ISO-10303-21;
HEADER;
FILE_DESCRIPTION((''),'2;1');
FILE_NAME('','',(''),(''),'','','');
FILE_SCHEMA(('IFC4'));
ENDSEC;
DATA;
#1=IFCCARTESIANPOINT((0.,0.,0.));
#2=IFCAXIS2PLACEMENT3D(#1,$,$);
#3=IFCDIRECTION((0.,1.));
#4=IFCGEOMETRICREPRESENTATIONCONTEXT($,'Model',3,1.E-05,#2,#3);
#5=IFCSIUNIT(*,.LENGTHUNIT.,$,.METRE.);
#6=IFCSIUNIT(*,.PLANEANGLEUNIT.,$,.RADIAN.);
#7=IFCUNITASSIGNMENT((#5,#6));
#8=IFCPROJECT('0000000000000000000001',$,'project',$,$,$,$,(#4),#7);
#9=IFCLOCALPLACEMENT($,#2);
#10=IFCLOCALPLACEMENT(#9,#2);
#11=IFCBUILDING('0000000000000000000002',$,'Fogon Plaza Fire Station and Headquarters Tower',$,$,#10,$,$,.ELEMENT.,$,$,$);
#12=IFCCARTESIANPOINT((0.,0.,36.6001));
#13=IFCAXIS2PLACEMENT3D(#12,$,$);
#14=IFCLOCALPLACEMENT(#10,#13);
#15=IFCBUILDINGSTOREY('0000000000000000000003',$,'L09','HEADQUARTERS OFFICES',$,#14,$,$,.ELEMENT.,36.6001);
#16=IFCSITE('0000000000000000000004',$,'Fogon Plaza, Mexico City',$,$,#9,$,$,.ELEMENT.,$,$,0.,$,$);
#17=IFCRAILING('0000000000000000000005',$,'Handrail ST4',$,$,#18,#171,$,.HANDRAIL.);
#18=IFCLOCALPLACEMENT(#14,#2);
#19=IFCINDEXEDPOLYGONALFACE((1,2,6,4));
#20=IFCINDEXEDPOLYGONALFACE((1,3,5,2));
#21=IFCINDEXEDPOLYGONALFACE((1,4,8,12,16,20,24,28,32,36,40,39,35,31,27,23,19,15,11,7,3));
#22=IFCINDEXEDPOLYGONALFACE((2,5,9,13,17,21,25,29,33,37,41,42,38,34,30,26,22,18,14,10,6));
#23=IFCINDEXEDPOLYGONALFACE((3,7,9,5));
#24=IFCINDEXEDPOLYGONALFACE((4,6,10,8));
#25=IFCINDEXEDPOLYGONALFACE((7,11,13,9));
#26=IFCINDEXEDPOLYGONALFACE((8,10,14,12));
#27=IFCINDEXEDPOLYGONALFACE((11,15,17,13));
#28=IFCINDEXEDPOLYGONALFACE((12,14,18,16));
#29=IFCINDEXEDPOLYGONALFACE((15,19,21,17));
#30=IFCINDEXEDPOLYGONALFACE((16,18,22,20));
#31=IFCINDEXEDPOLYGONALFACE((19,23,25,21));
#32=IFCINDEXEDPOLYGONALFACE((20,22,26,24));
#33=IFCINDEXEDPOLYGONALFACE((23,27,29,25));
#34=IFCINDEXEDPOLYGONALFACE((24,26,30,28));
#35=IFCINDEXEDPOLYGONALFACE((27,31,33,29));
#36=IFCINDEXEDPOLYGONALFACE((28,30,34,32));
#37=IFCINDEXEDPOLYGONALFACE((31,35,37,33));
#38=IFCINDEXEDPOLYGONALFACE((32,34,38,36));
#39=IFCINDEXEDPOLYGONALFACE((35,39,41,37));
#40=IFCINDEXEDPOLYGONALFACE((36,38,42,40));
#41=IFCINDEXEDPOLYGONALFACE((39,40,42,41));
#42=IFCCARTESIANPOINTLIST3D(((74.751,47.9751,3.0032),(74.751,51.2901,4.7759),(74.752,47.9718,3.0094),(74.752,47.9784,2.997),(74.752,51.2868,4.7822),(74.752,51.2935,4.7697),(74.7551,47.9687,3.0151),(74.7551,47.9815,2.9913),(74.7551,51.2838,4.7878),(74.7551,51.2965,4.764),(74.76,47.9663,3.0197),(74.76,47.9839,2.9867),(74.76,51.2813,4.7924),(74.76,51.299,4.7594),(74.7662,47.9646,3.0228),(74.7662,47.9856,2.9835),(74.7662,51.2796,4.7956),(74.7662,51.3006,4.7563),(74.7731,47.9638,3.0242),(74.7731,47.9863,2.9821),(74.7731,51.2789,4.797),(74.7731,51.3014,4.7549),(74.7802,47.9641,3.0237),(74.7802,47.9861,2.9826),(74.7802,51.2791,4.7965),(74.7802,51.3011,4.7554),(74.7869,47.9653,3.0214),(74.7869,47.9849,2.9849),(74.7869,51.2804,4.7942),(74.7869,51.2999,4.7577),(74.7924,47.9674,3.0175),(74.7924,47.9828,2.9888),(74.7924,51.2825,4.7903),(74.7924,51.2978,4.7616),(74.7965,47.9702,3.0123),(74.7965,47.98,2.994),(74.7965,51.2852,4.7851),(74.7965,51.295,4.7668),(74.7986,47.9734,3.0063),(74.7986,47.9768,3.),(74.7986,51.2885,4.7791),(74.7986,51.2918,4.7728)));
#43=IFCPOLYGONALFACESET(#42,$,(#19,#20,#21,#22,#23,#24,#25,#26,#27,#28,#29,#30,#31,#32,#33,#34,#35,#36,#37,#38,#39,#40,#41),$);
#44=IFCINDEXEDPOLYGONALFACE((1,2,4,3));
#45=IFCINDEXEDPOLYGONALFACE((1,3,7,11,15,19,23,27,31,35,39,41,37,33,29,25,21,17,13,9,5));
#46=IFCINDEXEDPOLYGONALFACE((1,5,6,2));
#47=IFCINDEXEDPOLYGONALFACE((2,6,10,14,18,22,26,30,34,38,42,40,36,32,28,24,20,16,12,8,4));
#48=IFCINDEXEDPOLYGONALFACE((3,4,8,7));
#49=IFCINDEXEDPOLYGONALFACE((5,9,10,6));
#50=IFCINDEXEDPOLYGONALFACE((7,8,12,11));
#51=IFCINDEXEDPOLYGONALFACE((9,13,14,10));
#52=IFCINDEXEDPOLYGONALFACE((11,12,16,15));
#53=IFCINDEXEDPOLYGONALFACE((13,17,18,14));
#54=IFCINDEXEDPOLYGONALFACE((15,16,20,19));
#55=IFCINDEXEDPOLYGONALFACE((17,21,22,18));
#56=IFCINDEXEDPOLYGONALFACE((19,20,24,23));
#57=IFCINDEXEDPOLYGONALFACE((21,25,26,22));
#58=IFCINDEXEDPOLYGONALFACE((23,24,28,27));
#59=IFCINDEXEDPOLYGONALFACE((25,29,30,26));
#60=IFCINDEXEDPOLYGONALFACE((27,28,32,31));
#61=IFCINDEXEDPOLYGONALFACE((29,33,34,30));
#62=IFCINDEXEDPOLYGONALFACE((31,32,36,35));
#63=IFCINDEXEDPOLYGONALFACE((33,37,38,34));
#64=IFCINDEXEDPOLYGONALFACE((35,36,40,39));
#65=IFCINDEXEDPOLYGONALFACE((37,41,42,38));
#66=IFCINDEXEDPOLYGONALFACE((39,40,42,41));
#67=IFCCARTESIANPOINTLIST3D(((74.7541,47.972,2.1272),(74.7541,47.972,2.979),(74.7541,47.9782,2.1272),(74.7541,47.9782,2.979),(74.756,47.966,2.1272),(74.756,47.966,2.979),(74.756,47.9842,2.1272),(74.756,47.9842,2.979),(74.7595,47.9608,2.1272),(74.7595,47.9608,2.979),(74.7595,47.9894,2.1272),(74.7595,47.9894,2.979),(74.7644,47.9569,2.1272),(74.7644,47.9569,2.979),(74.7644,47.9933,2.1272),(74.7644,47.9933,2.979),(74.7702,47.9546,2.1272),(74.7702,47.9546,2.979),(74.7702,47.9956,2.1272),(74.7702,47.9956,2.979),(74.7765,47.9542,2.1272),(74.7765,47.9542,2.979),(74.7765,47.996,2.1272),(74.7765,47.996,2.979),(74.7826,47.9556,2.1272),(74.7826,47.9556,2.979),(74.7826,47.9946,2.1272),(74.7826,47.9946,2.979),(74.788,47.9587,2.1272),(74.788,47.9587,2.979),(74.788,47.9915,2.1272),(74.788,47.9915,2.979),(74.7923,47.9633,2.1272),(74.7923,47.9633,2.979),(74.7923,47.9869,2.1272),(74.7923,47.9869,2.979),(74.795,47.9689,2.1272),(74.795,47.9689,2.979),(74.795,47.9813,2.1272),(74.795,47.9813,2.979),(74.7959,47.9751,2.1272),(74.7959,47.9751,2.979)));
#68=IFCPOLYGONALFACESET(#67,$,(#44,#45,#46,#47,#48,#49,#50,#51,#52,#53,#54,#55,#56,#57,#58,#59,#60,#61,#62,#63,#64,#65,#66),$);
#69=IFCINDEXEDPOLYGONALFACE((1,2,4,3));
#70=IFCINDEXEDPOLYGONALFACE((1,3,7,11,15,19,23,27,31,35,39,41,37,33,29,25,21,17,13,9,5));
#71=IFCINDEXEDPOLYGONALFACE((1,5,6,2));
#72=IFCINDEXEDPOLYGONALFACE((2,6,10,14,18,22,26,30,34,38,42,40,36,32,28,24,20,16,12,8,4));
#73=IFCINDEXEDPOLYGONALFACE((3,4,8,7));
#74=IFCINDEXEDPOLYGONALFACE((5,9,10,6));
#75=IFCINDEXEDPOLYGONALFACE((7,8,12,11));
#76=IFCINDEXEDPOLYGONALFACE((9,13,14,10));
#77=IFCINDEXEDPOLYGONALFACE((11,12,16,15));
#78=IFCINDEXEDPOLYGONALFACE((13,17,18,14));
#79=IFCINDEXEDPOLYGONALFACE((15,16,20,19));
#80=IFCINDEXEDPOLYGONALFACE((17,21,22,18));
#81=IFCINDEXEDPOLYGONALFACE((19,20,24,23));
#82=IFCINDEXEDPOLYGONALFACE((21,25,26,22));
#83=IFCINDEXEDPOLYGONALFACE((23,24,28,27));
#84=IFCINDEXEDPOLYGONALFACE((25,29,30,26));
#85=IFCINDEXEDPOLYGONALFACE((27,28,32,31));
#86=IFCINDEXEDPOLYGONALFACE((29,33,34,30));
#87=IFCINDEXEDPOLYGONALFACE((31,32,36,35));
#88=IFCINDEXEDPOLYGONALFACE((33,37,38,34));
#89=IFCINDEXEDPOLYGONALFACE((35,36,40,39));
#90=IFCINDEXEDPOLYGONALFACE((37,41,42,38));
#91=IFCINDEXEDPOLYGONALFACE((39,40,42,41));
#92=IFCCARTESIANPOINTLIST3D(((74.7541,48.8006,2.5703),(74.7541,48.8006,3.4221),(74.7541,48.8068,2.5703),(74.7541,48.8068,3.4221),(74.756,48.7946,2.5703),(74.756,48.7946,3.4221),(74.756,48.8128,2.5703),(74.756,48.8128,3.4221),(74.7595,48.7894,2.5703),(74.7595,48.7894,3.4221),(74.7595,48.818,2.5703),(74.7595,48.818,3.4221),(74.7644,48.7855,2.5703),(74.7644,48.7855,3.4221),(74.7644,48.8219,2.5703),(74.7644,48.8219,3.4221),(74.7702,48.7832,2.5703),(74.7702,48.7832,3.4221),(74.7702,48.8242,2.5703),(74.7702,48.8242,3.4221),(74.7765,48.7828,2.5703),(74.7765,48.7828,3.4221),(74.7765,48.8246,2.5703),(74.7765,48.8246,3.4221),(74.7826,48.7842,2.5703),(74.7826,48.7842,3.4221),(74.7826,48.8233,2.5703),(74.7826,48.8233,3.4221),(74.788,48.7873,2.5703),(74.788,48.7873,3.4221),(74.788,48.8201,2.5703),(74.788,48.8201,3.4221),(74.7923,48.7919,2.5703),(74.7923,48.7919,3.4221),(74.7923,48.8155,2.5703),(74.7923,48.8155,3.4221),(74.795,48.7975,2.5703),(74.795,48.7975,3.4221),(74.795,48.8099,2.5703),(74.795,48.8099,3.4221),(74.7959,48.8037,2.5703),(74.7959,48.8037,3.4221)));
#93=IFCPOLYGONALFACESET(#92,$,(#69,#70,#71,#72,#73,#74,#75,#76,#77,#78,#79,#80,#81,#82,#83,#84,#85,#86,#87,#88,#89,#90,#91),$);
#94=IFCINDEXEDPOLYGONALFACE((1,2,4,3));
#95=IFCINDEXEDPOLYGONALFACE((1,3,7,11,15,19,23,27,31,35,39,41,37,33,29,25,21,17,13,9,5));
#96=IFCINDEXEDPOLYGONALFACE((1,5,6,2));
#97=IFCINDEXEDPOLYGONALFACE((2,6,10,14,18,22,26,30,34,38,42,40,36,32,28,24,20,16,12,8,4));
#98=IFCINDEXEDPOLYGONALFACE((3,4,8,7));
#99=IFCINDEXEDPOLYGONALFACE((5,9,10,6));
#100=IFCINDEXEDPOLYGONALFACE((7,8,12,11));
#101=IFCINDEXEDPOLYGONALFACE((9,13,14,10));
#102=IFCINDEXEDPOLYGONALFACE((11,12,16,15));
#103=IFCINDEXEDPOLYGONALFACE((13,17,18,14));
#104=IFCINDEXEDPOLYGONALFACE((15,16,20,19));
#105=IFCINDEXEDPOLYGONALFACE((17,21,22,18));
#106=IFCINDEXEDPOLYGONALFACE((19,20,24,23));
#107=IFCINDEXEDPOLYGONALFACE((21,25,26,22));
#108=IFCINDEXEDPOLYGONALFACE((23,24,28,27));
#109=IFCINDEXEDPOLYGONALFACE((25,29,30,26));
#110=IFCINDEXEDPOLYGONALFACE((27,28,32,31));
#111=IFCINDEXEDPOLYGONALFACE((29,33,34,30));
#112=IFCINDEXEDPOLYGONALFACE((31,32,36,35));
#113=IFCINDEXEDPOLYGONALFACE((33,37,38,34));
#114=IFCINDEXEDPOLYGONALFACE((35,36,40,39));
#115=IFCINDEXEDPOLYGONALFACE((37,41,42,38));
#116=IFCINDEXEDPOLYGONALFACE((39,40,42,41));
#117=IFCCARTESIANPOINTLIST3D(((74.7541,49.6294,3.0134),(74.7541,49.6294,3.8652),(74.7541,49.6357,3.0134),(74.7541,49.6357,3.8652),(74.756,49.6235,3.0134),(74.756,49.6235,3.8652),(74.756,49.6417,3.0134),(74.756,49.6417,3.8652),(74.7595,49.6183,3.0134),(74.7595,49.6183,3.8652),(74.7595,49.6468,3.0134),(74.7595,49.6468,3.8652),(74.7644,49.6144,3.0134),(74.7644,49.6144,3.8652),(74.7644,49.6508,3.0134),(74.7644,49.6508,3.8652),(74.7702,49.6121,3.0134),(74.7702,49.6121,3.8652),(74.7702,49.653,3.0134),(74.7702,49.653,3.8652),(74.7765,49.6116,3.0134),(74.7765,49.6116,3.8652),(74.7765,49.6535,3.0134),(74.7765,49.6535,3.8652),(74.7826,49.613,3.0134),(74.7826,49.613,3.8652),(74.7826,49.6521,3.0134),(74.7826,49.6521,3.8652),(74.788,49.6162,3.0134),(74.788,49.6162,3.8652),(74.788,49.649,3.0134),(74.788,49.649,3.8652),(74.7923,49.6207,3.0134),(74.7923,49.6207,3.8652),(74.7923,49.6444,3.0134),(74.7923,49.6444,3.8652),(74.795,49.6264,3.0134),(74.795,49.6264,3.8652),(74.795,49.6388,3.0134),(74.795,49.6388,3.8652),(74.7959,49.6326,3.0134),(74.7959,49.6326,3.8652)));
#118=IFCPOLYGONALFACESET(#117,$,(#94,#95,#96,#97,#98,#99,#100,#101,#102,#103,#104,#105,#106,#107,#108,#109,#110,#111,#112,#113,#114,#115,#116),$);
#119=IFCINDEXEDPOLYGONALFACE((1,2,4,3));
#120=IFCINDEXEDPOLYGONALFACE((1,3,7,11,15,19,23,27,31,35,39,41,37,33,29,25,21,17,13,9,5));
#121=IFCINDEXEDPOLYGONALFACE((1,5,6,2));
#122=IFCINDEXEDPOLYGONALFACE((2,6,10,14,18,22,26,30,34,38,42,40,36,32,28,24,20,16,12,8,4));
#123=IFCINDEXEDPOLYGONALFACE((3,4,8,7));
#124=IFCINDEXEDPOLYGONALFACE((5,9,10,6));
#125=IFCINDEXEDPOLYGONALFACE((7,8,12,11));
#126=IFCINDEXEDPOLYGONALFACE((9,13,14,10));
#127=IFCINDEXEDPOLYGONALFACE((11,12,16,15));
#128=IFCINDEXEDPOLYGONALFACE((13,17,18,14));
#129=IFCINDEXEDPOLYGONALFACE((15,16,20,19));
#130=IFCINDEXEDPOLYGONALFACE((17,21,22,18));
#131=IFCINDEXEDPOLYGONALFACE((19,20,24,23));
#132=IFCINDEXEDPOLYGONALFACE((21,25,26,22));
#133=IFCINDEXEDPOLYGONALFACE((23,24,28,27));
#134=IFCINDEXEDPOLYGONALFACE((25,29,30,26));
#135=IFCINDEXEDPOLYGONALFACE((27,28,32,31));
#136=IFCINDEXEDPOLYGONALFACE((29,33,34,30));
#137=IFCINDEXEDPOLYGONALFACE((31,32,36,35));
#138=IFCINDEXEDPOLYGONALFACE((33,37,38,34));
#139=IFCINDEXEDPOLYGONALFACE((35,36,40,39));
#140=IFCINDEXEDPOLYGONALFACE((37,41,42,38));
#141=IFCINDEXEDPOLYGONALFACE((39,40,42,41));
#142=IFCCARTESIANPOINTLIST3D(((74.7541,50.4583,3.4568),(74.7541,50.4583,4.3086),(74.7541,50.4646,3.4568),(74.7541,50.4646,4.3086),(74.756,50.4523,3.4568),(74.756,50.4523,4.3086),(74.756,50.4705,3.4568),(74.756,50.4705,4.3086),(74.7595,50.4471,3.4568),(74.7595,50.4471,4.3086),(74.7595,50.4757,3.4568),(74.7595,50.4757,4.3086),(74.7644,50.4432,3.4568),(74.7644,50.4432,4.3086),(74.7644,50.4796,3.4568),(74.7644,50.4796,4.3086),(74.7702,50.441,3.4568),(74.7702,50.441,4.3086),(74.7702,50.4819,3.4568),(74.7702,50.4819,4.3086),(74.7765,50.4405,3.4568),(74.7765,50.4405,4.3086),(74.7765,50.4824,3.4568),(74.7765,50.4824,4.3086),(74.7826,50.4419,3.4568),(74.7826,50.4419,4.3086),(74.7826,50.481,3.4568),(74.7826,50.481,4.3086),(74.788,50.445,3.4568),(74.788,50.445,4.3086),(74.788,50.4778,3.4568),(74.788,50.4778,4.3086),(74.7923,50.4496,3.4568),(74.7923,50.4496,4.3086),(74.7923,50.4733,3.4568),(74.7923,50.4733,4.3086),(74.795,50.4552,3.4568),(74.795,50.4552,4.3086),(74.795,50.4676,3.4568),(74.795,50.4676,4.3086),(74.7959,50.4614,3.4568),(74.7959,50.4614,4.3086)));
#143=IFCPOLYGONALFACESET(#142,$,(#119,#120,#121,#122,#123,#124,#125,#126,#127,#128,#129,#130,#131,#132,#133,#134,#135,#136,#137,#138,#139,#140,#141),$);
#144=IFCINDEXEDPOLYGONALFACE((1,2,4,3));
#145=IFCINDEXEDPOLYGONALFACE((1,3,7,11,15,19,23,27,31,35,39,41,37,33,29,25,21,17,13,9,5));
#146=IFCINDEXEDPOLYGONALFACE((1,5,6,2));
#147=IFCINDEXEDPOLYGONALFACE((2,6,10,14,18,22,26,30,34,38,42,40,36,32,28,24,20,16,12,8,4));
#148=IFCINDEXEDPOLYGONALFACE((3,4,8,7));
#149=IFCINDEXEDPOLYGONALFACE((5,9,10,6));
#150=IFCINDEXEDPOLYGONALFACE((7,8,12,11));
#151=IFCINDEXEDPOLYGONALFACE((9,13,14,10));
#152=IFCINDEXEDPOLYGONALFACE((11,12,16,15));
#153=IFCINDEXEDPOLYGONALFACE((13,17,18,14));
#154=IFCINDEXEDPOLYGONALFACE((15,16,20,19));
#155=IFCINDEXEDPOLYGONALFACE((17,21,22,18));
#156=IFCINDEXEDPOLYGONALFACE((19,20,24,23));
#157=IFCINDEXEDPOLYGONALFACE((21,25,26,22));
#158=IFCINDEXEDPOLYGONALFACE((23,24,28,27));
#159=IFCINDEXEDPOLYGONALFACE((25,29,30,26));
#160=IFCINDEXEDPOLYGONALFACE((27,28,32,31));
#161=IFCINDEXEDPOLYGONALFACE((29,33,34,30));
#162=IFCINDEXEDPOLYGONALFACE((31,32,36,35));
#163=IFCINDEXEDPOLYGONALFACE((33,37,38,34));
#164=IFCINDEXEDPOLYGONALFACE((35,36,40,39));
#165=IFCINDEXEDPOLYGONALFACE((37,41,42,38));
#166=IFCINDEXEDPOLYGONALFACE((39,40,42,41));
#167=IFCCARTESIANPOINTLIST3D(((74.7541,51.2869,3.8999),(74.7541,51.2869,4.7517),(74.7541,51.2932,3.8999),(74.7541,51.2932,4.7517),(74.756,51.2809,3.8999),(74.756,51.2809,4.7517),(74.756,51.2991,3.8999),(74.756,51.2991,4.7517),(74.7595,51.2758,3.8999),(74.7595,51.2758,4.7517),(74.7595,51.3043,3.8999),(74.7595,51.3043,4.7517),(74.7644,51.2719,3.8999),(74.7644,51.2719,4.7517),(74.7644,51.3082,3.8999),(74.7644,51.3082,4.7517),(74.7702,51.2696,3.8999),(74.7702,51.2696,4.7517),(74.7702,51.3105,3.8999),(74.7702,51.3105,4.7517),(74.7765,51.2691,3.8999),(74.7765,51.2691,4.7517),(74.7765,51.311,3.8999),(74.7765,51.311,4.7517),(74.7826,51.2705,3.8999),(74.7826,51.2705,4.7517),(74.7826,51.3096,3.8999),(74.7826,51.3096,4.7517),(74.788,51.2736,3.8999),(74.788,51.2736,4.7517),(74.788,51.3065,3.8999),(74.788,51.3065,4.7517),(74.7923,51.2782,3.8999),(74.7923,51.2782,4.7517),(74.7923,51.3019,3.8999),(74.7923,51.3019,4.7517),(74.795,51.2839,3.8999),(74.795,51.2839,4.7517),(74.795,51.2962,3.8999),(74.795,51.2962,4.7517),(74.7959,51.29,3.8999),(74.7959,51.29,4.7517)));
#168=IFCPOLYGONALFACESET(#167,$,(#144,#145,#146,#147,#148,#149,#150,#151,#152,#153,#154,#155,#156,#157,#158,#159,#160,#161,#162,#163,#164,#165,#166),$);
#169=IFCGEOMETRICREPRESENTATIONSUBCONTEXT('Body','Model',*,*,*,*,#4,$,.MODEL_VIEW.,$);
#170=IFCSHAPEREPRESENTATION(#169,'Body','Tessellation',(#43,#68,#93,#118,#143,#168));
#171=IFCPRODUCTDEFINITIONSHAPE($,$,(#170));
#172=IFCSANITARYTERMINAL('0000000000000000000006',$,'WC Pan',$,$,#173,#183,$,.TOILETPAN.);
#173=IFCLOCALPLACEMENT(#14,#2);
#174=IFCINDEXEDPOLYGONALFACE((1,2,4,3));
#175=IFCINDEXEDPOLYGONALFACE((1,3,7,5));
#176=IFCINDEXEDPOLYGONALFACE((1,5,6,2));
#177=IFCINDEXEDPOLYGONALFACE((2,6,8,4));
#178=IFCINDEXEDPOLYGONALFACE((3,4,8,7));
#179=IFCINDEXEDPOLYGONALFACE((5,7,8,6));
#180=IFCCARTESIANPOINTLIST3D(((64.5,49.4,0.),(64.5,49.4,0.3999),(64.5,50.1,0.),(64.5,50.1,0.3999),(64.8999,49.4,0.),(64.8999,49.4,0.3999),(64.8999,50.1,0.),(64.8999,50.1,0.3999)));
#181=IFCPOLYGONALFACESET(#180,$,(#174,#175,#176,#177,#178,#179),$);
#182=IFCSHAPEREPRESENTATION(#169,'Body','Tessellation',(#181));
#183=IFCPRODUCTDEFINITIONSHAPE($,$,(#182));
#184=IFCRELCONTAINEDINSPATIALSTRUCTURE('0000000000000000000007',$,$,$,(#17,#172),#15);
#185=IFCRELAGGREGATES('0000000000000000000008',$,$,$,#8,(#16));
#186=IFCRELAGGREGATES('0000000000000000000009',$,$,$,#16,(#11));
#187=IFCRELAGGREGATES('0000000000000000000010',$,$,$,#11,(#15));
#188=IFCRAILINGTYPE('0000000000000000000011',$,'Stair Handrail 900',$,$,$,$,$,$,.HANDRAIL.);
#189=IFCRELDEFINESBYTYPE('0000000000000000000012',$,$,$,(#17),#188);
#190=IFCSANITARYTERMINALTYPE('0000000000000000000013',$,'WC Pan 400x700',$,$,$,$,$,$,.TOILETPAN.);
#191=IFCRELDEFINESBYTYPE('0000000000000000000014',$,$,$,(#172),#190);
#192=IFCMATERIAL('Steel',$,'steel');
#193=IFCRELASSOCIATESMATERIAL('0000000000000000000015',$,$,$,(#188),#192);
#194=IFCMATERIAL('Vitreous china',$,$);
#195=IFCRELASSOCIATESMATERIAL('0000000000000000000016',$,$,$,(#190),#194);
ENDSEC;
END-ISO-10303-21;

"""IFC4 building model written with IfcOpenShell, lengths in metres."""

from ifc_helpers import new_model, si_unit, direction, frame, origin, origin_2d, place, context, subcontext, project, spatial, rectangle, circle, extrude, material, type_object, element, save


model = new_model("IFC4")

# Units and contexts
model_context = context("Model", 3, precision=1e-05, world=origin(), true_north=direction((0.0, 1.0)))
body_context = subcontext(model_context, "Body", "Model", "MODEL_VIEW")
ifc_project = project(units=[si_unit("LENGTHUNIT", "METRE"), si_unit("PLANEANGLEUNIT", "RADIAN")], contexts=[model_context])

# Site, building, storey
site_placement = place(None, origin())
site = spatial("IfcSite", under=ifc_project, at=site_placement, Name="Fogon Plaza, Mexico City", CompositionType="ELEMENT", RefElevation=0.0)
building_placement = place(site_placement, origin())
building = spatial("IfcBuilding", under=site, at=building_placement, Name="Fogon Plaza Fire Station and Headquarters Tower", CompositionType="ELEMENT")
storey_placement = place(building_placement, frame((0.0, 0.0, 36.6001)))
storey = spatial("IfcBuildingStorey", under=building, at=storey_placement, Name="L09", Description="HEADQUARTERS OFFICES", CompositionType="ELEMENT", Elevation=36.6001)

# Railing
ifc_material_1 = material(Name="Steel", Category="steel")
railing_type = type_object("IfcRailingType", Name="Stair Handrail 900", PredefinedType="HANDRAIL", material=ifc_material_1)
for number, where, name in (
    (1, (74.7749, 47.9751, 2.1272), "Handrail ST4"),
):
    element("IfcRailing", number, at=place(storey_placement, frame(where)), inside=storey, type_object=railing_type, Name=name, PredefinedType="HANDRAIL", context=body_context, shape_type="SweptSolid", body=[
        extrude(circle(Radius=0.0239, at=origin_2d()), frame((0.0, 0.0, 0.876), z_axis=(0.0, 0.881829, 0.471569), x_axis=(-1.0, 0.0, 0.0)), (0.0, 0.0, 1.0), 3.7593),
        extrude(circle(Radius=0.021, at=origin_2d()), origin(), (0.0, 0.0, 1.0), 0.8518),
        extrude(circle(Radius=0.021, at=origin_2d()), frame((0.0, 0.8286, 0.4431)), (0.0, 0.0, 1.0), 0.8518),
        extrude(circle(Radius=0.021, at=origin_2d()), frame((0.0, 1.6575, 0.8862)), (0.0, 0.0, 1.0), 0.8518),
        extrude(circle(Radius=0.021, at=origin_2d()), frame((0.0, 2.4863, 1.3296)), (0.0, 0.0, 1.0), 0.8518),
        extrude(circle(Radius=0.021, at=origin_2d()), frame((0.0, 3.3149, 1.7727)), (0.0, 0.0, 1.0), 0.8518),
    ])

# Sanitary terminal
ifc_material_2 = material(Name="Vitreous china")
sanitary_terminal_type = type_object("IfcSanitaryTerminalType", Name="WC Pan 400x700", PredefinedType="TOILETPAN", material=ifc_material_2)
sanitary_terminal_placement = place(storey_placement, frame((64.7, 49.75, 0.0), z_axis=(0.0, 0.0, 1.0), x_axis=(1.0, 0.0, 0.0)))
element("IfcSanitaryTerminal", 2, at=sanitary_terminal_placement, inside=storey, type_object=sanitary_terminal_type, Name="WC Pan", PredefinedType="TOILETPAN", context=body_context, shape_type="SweptSolid", body=[
    extrude(rectangle(XDim=0.3999, YDim=0.7, at=origin_2d()), origin(), (0.0, 0.0, 1.0), 0.3999),
])

save(model, "model.ifc")
